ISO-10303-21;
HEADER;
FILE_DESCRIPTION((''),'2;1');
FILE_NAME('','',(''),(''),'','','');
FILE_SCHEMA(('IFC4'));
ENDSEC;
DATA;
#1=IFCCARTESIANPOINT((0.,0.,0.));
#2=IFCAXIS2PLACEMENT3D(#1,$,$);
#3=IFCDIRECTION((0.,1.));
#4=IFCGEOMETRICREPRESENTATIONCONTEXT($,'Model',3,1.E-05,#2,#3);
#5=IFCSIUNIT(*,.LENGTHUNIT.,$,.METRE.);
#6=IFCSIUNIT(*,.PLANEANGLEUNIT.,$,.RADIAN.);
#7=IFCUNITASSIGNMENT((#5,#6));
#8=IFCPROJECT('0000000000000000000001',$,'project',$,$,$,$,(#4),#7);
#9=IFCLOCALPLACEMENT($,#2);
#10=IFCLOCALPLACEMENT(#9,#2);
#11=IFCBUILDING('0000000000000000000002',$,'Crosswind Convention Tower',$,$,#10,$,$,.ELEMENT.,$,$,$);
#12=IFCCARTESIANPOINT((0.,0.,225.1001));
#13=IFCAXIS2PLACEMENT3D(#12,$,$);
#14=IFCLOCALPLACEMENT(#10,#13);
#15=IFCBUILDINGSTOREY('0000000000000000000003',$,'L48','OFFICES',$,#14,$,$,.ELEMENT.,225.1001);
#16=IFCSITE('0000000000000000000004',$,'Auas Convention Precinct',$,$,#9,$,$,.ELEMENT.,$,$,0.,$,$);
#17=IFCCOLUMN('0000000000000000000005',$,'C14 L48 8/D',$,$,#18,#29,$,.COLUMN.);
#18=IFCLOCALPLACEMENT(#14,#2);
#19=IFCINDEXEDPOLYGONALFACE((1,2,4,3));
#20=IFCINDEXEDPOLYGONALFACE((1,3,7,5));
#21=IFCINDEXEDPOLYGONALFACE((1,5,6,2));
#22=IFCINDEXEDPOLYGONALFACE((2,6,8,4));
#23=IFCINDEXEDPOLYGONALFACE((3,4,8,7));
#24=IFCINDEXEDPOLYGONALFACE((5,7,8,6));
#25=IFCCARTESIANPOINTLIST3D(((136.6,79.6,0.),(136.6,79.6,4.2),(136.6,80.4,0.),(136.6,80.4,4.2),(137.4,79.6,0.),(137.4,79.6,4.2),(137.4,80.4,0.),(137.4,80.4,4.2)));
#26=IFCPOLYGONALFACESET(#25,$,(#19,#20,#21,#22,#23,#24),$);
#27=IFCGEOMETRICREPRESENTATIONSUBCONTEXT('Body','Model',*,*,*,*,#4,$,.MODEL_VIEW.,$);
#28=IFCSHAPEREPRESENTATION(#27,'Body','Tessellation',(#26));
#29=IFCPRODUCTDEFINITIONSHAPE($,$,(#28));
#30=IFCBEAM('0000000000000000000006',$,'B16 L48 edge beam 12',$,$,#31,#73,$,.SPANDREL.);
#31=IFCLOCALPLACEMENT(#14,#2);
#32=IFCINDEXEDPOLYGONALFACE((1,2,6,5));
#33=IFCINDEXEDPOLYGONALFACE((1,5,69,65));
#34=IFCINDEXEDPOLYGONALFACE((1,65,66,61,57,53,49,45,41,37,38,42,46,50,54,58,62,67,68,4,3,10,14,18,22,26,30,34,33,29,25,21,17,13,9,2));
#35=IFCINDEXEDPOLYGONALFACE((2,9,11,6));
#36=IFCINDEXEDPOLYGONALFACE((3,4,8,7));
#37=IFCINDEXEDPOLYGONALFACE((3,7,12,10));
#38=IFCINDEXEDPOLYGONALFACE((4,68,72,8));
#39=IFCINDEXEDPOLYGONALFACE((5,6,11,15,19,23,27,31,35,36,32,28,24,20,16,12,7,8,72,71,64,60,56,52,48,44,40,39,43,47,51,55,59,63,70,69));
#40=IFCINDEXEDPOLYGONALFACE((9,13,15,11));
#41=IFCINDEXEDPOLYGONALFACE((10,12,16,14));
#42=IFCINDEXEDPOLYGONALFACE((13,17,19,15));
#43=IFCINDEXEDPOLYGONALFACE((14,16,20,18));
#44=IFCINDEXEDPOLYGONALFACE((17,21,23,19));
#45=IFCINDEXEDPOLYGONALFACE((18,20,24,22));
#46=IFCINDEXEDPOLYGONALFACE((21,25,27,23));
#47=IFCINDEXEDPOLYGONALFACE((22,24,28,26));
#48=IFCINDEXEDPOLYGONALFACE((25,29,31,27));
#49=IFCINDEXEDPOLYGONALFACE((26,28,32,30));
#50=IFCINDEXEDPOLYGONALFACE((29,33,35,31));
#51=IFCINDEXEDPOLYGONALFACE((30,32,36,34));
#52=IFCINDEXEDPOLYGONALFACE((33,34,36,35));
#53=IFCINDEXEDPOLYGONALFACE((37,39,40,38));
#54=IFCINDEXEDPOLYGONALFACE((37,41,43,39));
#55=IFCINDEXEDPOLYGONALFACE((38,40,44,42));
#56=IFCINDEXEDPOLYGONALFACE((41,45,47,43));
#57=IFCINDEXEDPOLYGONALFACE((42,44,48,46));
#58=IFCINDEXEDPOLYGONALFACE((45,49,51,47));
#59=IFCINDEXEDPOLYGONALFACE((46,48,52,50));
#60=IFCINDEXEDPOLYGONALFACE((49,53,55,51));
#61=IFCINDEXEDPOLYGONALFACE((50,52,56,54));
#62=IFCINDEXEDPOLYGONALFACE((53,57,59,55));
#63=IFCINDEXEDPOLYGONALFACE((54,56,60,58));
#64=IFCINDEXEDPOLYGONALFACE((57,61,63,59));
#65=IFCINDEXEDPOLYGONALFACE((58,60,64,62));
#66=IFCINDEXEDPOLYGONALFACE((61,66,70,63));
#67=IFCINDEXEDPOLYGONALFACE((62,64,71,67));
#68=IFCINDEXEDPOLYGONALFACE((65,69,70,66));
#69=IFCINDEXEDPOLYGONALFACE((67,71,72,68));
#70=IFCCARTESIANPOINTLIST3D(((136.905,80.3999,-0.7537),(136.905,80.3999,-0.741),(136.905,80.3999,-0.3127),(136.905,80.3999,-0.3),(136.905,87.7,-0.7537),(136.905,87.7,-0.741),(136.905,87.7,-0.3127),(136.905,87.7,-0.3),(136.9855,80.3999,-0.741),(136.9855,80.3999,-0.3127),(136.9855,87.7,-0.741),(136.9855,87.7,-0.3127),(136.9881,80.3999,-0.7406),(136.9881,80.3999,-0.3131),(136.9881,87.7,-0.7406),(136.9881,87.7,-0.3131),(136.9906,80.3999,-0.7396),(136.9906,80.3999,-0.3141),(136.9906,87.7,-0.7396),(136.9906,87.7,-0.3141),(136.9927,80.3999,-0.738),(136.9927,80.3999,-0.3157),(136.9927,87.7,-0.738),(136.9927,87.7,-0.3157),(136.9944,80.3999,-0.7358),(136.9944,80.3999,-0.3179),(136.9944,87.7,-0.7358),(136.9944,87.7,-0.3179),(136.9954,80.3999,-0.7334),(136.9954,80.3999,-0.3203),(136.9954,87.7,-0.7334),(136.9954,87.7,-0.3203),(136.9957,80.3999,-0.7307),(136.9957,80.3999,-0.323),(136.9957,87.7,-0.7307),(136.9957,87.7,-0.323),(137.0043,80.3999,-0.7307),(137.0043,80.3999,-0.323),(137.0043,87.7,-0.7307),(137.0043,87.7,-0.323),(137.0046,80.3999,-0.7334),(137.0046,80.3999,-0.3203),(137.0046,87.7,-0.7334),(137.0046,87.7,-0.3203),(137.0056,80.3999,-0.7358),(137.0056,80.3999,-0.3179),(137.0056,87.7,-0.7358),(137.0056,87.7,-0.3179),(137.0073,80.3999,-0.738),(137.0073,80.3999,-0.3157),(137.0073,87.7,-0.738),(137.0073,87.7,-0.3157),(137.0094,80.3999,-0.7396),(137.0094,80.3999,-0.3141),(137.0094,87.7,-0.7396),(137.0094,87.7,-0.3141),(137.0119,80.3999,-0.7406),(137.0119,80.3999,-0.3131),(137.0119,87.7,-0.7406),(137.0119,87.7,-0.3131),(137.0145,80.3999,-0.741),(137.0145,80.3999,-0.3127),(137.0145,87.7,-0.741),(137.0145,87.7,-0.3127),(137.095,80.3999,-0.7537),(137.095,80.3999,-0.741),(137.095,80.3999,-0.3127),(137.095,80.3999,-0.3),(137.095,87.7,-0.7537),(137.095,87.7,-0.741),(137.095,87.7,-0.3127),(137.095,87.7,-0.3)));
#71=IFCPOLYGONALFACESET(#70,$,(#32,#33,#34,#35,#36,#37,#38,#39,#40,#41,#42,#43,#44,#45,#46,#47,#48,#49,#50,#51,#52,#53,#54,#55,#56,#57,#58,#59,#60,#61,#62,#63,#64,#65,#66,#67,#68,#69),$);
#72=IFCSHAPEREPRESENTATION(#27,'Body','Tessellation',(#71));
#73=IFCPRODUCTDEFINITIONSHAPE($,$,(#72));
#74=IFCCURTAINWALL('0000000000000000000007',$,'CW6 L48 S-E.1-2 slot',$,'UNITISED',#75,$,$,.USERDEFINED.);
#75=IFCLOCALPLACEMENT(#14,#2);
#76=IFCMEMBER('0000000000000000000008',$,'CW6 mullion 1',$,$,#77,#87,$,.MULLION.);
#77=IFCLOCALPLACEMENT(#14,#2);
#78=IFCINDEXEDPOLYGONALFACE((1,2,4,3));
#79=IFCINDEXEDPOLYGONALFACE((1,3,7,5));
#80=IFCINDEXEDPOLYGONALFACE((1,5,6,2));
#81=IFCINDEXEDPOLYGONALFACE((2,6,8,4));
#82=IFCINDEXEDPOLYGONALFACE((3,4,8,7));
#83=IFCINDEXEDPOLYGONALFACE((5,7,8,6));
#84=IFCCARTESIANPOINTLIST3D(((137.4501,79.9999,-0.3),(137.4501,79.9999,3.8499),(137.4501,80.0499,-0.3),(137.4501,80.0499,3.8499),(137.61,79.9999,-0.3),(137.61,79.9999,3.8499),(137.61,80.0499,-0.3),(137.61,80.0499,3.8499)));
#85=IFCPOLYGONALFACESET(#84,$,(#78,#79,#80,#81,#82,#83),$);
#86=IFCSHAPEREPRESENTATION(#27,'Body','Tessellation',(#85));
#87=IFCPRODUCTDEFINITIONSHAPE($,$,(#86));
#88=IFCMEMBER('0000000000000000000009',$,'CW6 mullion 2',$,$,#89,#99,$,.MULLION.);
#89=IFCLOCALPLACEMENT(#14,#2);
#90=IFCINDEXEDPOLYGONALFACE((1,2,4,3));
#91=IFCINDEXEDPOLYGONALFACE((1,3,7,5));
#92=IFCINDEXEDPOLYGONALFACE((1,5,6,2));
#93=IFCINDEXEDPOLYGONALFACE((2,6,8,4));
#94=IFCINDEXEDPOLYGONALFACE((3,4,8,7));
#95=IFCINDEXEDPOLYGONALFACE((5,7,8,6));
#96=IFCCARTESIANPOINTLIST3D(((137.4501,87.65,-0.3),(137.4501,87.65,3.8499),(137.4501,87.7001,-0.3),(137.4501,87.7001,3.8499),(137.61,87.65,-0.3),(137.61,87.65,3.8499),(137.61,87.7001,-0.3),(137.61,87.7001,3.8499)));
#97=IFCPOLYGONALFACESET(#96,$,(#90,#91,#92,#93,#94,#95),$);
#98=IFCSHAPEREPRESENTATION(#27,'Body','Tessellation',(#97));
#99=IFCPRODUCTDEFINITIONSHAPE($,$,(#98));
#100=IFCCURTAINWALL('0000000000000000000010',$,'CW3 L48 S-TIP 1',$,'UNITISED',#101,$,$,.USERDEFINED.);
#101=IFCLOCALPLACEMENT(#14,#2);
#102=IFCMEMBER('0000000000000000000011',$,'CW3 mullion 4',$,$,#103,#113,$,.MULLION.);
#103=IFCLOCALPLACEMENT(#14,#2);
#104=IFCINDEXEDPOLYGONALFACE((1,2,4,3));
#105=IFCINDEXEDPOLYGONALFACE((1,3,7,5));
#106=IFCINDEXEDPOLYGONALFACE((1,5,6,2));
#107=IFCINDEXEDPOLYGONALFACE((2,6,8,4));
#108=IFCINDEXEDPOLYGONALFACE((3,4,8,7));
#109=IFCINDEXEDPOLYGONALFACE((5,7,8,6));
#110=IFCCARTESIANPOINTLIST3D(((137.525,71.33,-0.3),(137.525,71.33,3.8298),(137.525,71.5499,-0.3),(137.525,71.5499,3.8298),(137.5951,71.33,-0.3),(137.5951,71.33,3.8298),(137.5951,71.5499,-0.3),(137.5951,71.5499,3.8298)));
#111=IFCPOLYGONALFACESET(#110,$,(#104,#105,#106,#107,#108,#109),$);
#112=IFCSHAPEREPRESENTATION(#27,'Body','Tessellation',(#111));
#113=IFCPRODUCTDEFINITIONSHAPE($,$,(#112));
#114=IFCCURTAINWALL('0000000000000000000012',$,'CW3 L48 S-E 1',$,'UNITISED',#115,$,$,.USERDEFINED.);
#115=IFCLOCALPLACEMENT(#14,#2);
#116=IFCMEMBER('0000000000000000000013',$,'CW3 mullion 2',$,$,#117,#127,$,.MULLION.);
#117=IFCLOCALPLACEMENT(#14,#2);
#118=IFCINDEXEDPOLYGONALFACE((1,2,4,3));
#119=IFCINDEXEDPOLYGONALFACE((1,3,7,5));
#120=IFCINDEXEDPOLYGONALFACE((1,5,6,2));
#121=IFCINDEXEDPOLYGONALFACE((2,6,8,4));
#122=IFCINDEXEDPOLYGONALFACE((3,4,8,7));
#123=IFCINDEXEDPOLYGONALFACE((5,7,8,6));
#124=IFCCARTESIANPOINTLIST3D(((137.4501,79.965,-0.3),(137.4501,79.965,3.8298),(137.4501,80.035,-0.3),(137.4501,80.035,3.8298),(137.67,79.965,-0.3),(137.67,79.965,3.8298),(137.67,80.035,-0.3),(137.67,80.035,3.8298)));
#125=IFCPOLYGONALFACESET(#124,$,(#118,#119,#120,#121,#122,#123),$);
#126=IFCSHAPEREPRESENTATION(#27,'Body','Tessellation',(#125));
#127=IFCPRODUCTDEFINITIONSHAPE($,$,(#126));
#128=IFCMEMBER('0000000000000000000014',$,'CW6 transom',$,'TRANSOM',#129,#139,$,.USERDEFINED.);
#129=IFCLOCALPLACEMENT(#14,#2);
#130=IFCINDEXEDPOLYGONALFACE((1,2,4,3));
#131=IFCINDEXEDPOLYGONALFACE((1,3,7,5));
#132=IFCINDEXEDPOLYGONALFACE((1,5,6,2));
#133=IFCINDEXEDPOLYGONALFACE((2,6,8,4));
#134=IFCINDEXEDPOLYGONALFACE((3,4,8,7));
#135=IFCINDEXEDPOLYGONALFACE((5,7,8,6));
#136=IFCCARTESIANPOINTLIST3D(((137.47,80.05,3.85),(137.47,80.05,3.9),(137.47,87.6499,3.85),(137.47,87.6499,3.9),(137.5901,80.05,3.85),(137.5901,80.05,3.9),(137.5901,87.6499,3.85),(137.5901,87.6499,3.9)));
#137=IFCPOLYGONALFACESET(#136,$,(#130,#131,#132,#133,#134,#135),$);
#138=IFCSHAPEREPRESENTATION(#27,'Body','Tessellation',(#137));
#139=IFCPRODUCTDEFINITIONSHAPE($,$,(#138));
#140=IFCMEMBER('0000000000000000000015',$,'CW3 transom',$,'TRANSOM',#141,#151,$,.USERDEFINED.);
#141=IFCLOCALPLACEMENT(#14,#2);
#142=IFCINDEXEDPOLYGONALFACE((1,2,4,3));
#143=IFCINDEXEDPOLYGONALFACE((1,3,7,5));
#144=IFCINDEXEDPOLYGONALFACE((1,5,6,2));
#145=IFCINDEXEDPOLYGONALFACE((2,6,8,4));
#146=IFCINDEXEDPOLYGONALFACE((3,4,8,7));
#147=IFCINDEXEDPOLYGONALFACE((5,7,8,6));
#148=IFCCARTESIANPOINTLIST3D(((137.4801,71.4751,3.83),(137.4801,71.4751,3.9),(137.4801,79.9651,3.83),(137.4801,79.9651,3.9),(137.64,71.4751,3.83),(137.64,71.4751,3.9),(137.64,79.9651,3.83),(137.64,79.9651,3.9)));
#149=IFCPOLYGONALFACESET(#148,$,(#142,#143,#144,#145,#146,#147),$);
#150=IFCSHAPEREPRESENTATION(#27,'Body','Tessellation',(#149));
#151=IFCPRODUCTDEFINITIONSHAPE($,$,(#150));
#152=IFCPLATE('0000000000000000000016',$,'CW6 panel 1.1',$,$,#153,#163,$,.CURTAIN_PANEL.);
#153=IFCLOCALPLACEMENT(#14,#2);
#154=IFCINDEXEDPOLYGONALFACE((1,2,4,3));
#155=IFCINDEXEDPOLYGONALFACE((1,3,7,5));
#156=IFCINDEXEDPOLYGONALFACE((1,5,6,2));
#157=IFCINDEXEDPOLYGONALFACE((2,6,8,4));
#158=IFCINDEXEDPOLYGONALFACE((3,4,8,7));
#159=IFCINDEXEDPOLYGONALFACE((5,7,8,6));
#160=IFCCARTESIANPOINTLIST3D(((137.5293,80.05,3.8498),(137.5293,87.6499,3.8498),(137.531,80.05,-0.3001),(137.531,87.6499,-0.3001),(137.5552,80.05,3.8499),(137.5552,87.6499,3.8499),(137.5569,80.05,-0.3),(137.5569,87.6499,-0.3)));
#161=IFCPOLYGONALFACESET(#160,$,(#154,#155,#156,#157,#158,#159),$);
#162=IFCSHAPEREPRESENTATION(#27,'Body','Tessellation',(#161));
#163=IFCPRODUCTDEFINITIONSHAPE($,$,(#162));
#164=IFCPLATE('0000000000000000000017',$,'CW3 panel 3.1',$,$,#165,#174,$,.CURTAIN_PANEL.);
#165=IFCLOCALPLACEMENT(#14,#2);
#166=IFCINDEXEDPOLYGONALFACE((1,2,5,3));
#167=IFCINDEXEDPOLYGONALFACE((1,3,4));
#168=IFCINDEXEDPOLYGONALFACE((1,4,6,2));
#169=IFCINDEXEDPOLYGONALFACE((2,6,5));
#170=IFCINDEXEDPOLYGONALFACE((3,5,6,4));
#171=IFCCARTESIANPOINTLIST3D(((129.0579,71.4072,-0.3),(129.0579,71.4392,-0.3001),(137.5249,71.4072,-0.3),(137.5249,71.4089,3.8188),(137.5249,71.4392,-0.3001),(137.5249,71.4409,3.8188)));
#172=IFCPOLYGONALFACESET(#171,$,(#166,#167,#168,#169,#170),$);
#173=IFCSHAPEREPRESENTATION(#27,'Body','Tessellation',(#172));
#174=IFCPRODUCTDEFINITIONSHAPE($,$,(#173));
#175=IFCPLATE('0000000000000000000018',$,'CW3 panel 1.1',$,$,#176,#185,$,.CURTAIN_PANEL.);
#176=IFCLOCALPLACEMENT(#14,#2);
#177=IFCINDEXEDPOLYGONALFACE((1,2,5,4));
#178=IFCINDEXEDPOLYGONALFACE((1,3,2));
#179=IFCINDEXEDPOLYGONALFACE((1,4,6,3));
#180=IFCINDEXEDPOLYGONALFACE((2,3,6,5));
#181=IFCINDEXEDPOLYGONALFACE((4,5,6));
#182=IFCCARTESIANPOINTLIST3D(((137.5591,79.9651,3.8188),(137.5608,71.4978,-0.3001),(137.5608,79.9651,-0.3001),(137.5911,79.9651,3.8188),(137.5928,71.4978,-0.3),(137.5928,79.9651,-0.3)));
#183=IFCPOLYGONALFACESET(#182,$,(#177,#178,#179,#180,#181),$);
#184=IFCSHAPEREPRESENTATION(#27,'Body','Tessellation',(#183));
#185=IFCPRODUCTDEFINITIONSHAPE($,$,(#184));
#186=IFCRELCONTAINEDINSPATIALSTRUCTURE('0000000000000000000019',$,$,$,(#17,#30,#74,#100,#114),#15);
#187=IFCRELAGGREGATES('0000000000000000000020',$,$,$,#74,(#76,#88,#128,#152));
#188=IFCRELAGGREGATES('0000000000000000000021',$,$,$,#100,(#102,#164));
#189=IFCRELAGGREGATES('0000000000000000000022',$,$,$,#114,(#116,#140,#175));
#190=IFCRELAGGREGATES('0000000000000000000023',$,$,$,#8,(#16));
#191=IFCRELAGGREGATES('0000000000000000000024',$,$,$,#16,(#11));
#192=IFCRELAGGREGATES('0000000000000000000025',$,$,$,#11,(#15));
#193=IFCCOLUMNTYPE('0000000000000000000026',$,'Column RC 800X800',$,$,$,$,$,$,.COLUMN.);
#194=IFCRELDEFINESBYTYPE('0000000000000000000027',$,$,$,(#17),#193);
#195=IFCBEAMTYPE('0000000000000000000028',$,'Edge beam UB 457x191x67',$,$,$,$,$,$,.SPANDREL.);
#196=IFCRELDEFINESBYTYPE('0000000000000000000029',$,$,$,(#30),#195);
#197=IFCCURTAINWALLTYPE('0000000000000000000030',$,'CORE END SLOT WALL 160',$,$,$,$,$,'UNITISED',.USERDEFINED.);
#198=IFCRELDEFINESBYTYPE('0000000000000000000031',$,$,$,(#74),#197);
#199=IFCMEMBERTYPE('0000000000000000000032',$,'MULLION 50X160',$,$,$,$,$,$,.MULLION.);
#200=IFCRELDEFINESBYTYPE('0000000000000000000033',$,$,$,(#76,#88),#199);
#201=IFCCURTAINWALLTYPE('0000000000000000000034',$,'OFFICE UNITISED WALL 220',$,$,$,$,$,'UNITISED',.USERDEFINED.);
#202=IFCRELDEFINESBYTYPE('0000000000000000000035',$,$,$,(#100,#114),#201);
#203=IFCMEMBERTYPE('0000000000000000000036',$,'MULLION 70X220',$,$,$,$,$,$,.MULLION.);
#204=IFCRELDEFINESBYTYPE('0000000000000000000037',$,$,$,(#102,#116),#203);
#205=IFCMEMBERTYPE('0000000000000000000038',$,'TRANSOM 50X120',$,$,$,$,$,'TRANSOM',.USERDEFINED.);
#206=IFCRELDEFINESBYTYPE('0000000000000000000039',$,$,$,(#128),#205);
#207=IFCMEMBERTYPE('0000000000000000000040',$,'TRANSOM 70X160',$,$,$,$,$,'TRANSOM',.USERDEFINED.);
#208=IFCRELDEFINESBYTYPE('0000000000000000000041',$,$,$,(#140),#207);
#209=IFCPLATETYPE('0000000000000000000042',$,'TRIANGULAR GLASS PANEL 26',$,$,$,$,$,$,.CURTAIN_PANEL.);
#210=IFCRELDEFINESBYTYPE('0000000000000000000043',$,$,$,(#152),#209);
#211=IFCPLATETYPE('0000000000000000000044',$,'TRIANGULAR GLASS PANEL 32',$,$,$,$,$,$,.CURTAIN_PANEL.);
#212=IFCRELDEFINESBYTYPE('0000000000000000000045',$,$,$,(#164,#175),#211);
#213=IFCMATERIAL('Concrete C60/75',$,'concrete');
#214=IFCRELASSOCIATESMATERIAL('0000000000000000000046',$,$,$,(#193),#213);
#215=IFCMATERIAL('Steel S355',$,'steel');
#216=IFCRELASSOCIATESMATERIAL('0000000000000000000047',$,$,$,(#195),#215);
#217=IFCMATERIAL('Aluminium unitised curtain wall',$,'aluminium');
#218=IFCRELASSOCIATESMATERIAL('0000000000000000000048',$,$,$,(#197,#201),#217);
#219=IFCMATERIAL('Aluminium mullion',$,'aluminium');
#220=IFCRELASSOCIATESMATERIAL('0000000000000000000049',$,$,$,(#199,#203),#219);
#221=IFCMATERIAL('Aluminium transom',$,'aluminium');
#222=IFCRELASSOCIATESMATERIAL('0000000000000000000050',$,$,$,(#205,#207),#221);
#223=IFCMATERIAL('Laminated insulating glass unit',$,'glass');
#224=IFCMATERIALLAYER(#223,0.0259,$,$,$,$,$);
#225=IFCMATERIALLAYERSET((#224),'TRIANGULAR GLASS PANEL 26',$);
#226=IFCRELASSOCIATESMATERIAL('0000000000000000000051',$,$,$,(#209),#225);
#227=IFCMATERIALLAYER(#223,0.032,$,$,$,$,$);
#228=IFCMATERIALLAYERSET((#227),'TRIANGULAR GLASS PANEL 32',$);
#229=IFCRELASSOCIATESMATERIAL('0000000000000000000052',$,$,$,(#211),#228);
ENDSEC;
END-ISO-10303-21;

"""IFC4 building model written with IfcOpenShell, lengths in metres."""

from ifc_helpers import new_model, si_unit, direction, frame, origin, origin_2d, place, context, subcontext, project, spatial, polyline, rectangle, i_section, outline, extrude, material, layer, layer_set, material_profile, profile_set, type_object, element, aggregate, save


model = new_model("IFC4")

# Units and contexts
model_context = context("Model", 3, precision=1e-05, world=origin(), true_north=direction((0.0, 1.0)))
body_context = subcontext(model_context, "Body", "Model", "MODEL_VIEW")
ifc_project = project(units=[si_unit("LENGTHUNIT", "METRE"), si_unit("PLANEANGLEUNIT", "RADIAN")], contexts=[model_context])

# Site, building, storey
site_placement = place(None, origin())
site = spatial("IfcSite", under=ifc_project, at=site_placement, Name="Auas Convention Precinct", CompositionType="ELEMENT", RefElevation=0.0)
building_placement = place(site_placement, origin())
building = spatial("IfcBuilding", under=site, at=building_placement, Name="Crosswind Convention Tower", CompositionType="ELEMENT")
storey_placement = place(building_placement, frame((0.0, 0.0, 225.1001)))
storey = spatial("IfcBuildingStorey", under=building, at=storey_placement, Name="L48", Description="OFFICES", CompositionType="ELEMENT", Elevation=225.1001)

# Column
ifc_material_1 = material(Name="Concrete C60/75", Category="concrete")
ifc_material_profile_1 = material_profile(ifc_material_1, rectangle(XDim=0.8, YDim=0.8, at=origin_2d()), Name="RC 800X800")
ifc_profile_set_1 = profile_set([ifc_material_profile_1], Name="Concrete C60/75")
column_type = type_object("IfcColumnType", Name="Column RC 800X800", PredefinedType="COLUMN", material=ifc_profile_set_1)
column_placement = place(storey_placement, frame((137.0, 80.0, 0.0), z_axis=(0.0, 0.0, 1.0), x_axis=(1.0, 0.0, 0.0)))
element("IfcColumn", 1, at=column_placement, inside=storey, type_object=column_type, Name="C14 L48 8/D", PredefinedType="COLUMN", context=body_context, shape_type="SweptSolid", body=[
    extrude(rectangle(XDim=0.8, YDim=0.8, at=origin_2d()), origin(), (0.0, 0.0, 1.0), 4.2),
])

# Beam
ifc_material_2 = material(Name="Steel S355", Category="steel")
ifc_material_profile_2 = material_profile(ifc_material_2, i_section(OverallWidth=0.1899, OverallDepth=0.4536, WebThickness=0.0085, FlangeThickness=0.0127, FilletRadius=0.0103, at=origin_2d()), Name="UB 457x191x67")
ifc_profile_set_2 = profile_set([ifc_material_profile_2], Name="Steel S355")
beam_type = type_object("IfcBeamType", Name="Edge beam UB 457x191x67", PredefinedType="SPANDREL", material=ifc_profile_set_2)
beam_placement = place(storey_placement, frame((137.0, 80.3999, -0.5269), z_axis=(0.0, 1.0, 0.0), x_axis=(-1.0, 0.0, 0.0)))
element("IfcBeam", 2, at=beam_placement, inside=storey, type_object=beam_type, Name="B16 L48 edge beam 12", PredefinedType="SPANDREL", context=body_context, shape_type="SweptSolid", body=[
    extrude(i_section(OverallWidth=0.1899, OverallDepth=0.4536, WebThickness=0.0085, FlangeThickness=0.0127, FilletRadius=0.0103, at=origin_2d()), origin(), (0.0, 0.0, 1.0), 7.3),
])

# Curtain wall, members
ifc_material_3 = material(Name="Aluminium unitised curtain wall", Category="aluminium")
curtain_wall_type_1 = type_object("IfcCurtainWallType", Name="CORE END SLOT WALL 160", ElementType="UNITISED", PredefinedType="USERDEFINED", material=ifc_material_3)
curtain_wall_1_placement = place(storey_placement, origin())
curtain_wall_1 = element("IfcCurtainWall", 3, at=curtain_wall_1_placement, inside=storey, type_object=curtain_wall_type_1, Name="CW6 L48 S-E.1-2 slot", ObjectType="UNITISED", PredefinedType="USERDEFINED")
ifc_material_4 = material(Name="Aluminium mullion", Category="aluminium")
ifc_material_profile_3 = material_profile(ifc_material_4, rectangle(XDim=0.1599, YDim=0.05, at=origin_2d()), Name="AL 160X50")
ifc_profile_set_3 = profile_set([ifc_material_profile_3], Name="Aluminium mullion")
member_type_1 = type_object("IfcMemberType", Name="MULLION 50X160", PredefinedType="MULLION", material=ifc_profile_set_3)
member_1_placement = place(storey_placement, frame((137.53, 80.0249, -0.3), z_axis=(0.0, 0.0, 1.0), x_axis=(1.0, 0.0, 0.0)))
member_1 = element("IfcMember", 4, at=member_1_placement, type_object=member_type_1, Name="CW6 mullion 1", PredefinedType="MULLION", context=body_context, shape_type="SweptSolid", body=[
    extrude(rectangle(XDim=0.1599, YDim=0.05, at=origin_2d()), origin(), (0.0, 0.0, 1.0), 4.1499),
])
member_2_placement = place(storey_placement, frame((137.53, 87.675, -0.3), z_axis=(0.0, 0.0, 1.0), x_axis=(1.0, 0.0, 0.0)))
member_2 = element("IfcMember", 5, at=member_2_placement, type_object=member_type_1, Name="CW6 mullion 2", PredefinedType="MULLION", context=body_context, shape_type="SweptSolid", body=[
    extrude(rectangle(XDim=0.1599, YDim=0.05, at=origin_2d()), origin(), (0.0, 0.0, 1.0), 4.1499),
])

# Curtain walls, members
curtain_wall_type_2 = type_object("IfcCurtainWallType", Name="OFFICE UNITISED WALL 220", ElementType="UNITISED", PredefinedType="USERDEFINED", material=ifc_material_3)
curtain_wall_2_placement = place(storey_placement, origin())
curtain_wall_2 = element("IfcCurtainWall", 6, at=curtain_wall_2_placement, inside=storey, type_object=curtain_wall_type_2, Name="CW3 L48 S-TIP 1", ObjectType="UNITISED", PredefinedType="USERDEFINED")
ifc_material_profile_4 = material_profile(ifc_material_4, rectangle(XDim=0.22, YDim=0.0701, at=origin_2d()), Name="AL 220X70")
ifc_profile_set_4 = profile_set([ifc_material_profile_4], Name="Aluminium mullion")
member_type_2 = type_object("IfcMemberType", Name="MULLION 70X220", PredefinedType="MULLION", material=ifc_profile_set_4)
member_3_placement = place(storey_placement, frame((137.5601, 71.4399, -0.3), z_axis=(0.0, 0.0, 1.0), x_axis=(0.0, -1.0, 0.0)))
member_3 = element("IfcMember", 7, at=member_3_placement, type_object=member_type_2, Name="CW3 mullion 4", PredefinedType="MULLION", context=body_context, shape_type="SweptSolid", body=[
    extrude(rectangle(XDim=0.22, YDim=0.0701, at=origin_2d()), origin(), (0.0, 0.0, 1.0), 4.1299),
])
curtain_wall_3_placement = place(storey_placement, origin())
curtain_wall_3 = element("IfcCurtainWall", 8, at=curtain_wall_3_placement, inside=storey, type_object=curtain_wall_type_2, Name="CW3 L48 S-E 1", ObjectType="UNITISED", PredefinedType="USERDEFINED")
member_4_placement = place(storey_placement, frame((137.5601, 80.0, -0.3), z_axis=(0.0, 0.0, 1.0), x_axis=(1.0, 0.0, 0.0)))
member_4 = element("IfcMember", 9, at=member_4_placement, type_object=member_type_2, Name="CW3 mullion 2", PredefinedType="MULLION", context=body_context, shape_type="SweptSolid", body=[
    extrude(rectangle(XDim=0.22, YDim=0.0701, at=origin_2d()), origin(), (0.0, 0.0, 1.0), 4.1299),
])

# Members
ifc_material_5 = material(Name="Aluminium transom", Category="aluminium")
ifc_material_profile_5 = material_profile(ifc_material_5, rectangle(XDim=0.1201, YDim=0.05, at=origin_2d()), Name="AL 120X50")
ifc_profile_set_5 = profile_set([ifc_material_profile_5], Name="Aluminium transom")
member_type_3 = type_object("IfcMemberType", Name="TRANSOM 50X120", ElementType="TRANSOM", PredefinedType="USERDEFINED", material=ifc_profile_set_5)
member_5_placement = place(storey_placement, frame((137.53, 80.05, 3.875), z_axis=(0.0, 1.0, 0.0), x_axis=(-1.0, 0.0, 0.0)))
member_5 = element("IfcMember", 10, at=member_5_placement, type_object=member_type_3, Name="CW6 transom", ObjectType="TRANSOM", PredefinedType="USERDEFINED", context=body_context, shape_type="SweptSolid", body=[
    extrude(rectangle(XDim=0.1201, YDim=0.05, at=origin_2d()), origin(), (0.0, 0.0, 1.0), 7.5999),
])
ifc_material_profile_6 = material_profile(ifc_material_5, rectangle(XDim=0.1599, YDim=0.0701, at=origin_2d()), Name="AL 160X70")
ifc_profile_set_6 = profile_set([ifc_material_profile_6], Name="Aluminium transom")
member_type_4 = type_object("IfcMemberType", Name="TRANSOM 70X160", ElementType="TRANSOM", PredefinedType="USERDEFINED", material=ifc_profile_set_6)
member_6_placement = place(storey_placement, frame((137.5601, 71.4751, 3.865), z_axis=(0.0, 1.0, 0.0), x_axis=(-1.0, 0.0, 0.0)))
member_6 = element("IfcMember", 11, at=member_6_placement, type_object=member_type_4, Name="CW3 transom", ObjectType="TRANSOM", PredefinedType="USERDEFINED", context=body_context, shape_type="SweptSolid", body=[
    extrude(rectangle(XDim=0.1599, YDim=0.0701, at=origin_2d()), origin(), (0.0, 0.0, 1.0), 8.49),
])

# Plates
ifc_material_6 = material(Name="Laminated insulating glass unit", Category="glass")
ifc_layer_1 = layer(ifc_material_6, 0.0259)
ifc_layer_set_1 = layer_set([ifc_layer_1], Name="TRIANGULAR GLASS PANEL 26")
plate_type_1 = type_object("IfcPlateType", Name="TRIANGULAR GLASS PANEL 26", PredefinedType="CURTAIN_PANEL", material=ifc_layer_set_1)
plate_1_placement = place(storey_placement, frame((137.5569, 80.05, -0.3), z_axis=(1.0, 0.0, 0.000412), x_axis=(0.0, 1.0, 0.0)))
plate_1 = element("IfcPlate", 12, at=plate_1_placement, type_object=plate_type_1, Name="CW6 panel 1.1", PredefinedType="CURTAIN_PANEL", context=body_context, shape_type="SweptSolid", body=[
    extrude(outline(polyline([(0.0, 0.0), (7.5999, 0.0), (7.5999, 4.1499), (0.0, 4.1499), (0.0, 0.0)])), origin(), (0.0, 0.0, -1.0), 0.0259),
])
aggregate(curtain_wall_1, [member_1, member_2, member_5, plate_1])
ifc_layer_2 = layer(ifc_material_6, 0.032)
ifc_layer_set_2 = layer_set([ifc_layer_2], Name="TRIANGULAR GLASS PANEL 32")
plate_type_2 = type_object("IfcPlateType", Name="TRIANGULAR GLASS PANEL 32", PredefinedType="CURTAIN_PANEL", material=ifc_layer_set_2)
plate_2_placement = place(storey_placement, frame((137.5249, 71.4072, -0.3), z_axis=(0.0, -1.0, 0.000415), x_axis=(0.0, 0.000415, 1.0)))
plate_2 = element("IfcPlate", 13, at=plate_2_placement, type_object=plate_type_2, Name="CW3 panel 3.1", PredefinedType="CURTAIN_PANEL", context=body_context, shape_type="SweptSolid", body=[
    extrude(outline(polyline([(0.0, 0.0), (4.1189, 0.0), (0.0, 8.467), (0.0, 0.0)])), origin(), (0.0, 0.0, -1.0), 0.032),
])
aggregate(curtain_wall_2, [member_3, plate_2])
plate_3_placement = place(storey_placement, frame((137.5928, 79.9651, -0.3), z_axis=(1.0, 0.0, 0.000415), x_axis=(-0.000415, 0.0, 1.0)))
plate_3 = element("IfcPlate", 14, at=plate_3_placement, type_object=plate_type_2, Name="CW3 panel 1.1", PredefinedType="CURTAIN_PANEL", context=body_context, shape_type="SweptSolid", body=[
    extrude(outline(polyline([(0.0, 0.0), (4.1189, 0.0), (0.0, 8.4673), (0.0, 0.0)])), origin(), (0.0, 0.0, -1.0), 0.032),
])

aggregate(curtain_wall_3, [member_4, member_6, plate_3])

save(model, "model.ifc")
